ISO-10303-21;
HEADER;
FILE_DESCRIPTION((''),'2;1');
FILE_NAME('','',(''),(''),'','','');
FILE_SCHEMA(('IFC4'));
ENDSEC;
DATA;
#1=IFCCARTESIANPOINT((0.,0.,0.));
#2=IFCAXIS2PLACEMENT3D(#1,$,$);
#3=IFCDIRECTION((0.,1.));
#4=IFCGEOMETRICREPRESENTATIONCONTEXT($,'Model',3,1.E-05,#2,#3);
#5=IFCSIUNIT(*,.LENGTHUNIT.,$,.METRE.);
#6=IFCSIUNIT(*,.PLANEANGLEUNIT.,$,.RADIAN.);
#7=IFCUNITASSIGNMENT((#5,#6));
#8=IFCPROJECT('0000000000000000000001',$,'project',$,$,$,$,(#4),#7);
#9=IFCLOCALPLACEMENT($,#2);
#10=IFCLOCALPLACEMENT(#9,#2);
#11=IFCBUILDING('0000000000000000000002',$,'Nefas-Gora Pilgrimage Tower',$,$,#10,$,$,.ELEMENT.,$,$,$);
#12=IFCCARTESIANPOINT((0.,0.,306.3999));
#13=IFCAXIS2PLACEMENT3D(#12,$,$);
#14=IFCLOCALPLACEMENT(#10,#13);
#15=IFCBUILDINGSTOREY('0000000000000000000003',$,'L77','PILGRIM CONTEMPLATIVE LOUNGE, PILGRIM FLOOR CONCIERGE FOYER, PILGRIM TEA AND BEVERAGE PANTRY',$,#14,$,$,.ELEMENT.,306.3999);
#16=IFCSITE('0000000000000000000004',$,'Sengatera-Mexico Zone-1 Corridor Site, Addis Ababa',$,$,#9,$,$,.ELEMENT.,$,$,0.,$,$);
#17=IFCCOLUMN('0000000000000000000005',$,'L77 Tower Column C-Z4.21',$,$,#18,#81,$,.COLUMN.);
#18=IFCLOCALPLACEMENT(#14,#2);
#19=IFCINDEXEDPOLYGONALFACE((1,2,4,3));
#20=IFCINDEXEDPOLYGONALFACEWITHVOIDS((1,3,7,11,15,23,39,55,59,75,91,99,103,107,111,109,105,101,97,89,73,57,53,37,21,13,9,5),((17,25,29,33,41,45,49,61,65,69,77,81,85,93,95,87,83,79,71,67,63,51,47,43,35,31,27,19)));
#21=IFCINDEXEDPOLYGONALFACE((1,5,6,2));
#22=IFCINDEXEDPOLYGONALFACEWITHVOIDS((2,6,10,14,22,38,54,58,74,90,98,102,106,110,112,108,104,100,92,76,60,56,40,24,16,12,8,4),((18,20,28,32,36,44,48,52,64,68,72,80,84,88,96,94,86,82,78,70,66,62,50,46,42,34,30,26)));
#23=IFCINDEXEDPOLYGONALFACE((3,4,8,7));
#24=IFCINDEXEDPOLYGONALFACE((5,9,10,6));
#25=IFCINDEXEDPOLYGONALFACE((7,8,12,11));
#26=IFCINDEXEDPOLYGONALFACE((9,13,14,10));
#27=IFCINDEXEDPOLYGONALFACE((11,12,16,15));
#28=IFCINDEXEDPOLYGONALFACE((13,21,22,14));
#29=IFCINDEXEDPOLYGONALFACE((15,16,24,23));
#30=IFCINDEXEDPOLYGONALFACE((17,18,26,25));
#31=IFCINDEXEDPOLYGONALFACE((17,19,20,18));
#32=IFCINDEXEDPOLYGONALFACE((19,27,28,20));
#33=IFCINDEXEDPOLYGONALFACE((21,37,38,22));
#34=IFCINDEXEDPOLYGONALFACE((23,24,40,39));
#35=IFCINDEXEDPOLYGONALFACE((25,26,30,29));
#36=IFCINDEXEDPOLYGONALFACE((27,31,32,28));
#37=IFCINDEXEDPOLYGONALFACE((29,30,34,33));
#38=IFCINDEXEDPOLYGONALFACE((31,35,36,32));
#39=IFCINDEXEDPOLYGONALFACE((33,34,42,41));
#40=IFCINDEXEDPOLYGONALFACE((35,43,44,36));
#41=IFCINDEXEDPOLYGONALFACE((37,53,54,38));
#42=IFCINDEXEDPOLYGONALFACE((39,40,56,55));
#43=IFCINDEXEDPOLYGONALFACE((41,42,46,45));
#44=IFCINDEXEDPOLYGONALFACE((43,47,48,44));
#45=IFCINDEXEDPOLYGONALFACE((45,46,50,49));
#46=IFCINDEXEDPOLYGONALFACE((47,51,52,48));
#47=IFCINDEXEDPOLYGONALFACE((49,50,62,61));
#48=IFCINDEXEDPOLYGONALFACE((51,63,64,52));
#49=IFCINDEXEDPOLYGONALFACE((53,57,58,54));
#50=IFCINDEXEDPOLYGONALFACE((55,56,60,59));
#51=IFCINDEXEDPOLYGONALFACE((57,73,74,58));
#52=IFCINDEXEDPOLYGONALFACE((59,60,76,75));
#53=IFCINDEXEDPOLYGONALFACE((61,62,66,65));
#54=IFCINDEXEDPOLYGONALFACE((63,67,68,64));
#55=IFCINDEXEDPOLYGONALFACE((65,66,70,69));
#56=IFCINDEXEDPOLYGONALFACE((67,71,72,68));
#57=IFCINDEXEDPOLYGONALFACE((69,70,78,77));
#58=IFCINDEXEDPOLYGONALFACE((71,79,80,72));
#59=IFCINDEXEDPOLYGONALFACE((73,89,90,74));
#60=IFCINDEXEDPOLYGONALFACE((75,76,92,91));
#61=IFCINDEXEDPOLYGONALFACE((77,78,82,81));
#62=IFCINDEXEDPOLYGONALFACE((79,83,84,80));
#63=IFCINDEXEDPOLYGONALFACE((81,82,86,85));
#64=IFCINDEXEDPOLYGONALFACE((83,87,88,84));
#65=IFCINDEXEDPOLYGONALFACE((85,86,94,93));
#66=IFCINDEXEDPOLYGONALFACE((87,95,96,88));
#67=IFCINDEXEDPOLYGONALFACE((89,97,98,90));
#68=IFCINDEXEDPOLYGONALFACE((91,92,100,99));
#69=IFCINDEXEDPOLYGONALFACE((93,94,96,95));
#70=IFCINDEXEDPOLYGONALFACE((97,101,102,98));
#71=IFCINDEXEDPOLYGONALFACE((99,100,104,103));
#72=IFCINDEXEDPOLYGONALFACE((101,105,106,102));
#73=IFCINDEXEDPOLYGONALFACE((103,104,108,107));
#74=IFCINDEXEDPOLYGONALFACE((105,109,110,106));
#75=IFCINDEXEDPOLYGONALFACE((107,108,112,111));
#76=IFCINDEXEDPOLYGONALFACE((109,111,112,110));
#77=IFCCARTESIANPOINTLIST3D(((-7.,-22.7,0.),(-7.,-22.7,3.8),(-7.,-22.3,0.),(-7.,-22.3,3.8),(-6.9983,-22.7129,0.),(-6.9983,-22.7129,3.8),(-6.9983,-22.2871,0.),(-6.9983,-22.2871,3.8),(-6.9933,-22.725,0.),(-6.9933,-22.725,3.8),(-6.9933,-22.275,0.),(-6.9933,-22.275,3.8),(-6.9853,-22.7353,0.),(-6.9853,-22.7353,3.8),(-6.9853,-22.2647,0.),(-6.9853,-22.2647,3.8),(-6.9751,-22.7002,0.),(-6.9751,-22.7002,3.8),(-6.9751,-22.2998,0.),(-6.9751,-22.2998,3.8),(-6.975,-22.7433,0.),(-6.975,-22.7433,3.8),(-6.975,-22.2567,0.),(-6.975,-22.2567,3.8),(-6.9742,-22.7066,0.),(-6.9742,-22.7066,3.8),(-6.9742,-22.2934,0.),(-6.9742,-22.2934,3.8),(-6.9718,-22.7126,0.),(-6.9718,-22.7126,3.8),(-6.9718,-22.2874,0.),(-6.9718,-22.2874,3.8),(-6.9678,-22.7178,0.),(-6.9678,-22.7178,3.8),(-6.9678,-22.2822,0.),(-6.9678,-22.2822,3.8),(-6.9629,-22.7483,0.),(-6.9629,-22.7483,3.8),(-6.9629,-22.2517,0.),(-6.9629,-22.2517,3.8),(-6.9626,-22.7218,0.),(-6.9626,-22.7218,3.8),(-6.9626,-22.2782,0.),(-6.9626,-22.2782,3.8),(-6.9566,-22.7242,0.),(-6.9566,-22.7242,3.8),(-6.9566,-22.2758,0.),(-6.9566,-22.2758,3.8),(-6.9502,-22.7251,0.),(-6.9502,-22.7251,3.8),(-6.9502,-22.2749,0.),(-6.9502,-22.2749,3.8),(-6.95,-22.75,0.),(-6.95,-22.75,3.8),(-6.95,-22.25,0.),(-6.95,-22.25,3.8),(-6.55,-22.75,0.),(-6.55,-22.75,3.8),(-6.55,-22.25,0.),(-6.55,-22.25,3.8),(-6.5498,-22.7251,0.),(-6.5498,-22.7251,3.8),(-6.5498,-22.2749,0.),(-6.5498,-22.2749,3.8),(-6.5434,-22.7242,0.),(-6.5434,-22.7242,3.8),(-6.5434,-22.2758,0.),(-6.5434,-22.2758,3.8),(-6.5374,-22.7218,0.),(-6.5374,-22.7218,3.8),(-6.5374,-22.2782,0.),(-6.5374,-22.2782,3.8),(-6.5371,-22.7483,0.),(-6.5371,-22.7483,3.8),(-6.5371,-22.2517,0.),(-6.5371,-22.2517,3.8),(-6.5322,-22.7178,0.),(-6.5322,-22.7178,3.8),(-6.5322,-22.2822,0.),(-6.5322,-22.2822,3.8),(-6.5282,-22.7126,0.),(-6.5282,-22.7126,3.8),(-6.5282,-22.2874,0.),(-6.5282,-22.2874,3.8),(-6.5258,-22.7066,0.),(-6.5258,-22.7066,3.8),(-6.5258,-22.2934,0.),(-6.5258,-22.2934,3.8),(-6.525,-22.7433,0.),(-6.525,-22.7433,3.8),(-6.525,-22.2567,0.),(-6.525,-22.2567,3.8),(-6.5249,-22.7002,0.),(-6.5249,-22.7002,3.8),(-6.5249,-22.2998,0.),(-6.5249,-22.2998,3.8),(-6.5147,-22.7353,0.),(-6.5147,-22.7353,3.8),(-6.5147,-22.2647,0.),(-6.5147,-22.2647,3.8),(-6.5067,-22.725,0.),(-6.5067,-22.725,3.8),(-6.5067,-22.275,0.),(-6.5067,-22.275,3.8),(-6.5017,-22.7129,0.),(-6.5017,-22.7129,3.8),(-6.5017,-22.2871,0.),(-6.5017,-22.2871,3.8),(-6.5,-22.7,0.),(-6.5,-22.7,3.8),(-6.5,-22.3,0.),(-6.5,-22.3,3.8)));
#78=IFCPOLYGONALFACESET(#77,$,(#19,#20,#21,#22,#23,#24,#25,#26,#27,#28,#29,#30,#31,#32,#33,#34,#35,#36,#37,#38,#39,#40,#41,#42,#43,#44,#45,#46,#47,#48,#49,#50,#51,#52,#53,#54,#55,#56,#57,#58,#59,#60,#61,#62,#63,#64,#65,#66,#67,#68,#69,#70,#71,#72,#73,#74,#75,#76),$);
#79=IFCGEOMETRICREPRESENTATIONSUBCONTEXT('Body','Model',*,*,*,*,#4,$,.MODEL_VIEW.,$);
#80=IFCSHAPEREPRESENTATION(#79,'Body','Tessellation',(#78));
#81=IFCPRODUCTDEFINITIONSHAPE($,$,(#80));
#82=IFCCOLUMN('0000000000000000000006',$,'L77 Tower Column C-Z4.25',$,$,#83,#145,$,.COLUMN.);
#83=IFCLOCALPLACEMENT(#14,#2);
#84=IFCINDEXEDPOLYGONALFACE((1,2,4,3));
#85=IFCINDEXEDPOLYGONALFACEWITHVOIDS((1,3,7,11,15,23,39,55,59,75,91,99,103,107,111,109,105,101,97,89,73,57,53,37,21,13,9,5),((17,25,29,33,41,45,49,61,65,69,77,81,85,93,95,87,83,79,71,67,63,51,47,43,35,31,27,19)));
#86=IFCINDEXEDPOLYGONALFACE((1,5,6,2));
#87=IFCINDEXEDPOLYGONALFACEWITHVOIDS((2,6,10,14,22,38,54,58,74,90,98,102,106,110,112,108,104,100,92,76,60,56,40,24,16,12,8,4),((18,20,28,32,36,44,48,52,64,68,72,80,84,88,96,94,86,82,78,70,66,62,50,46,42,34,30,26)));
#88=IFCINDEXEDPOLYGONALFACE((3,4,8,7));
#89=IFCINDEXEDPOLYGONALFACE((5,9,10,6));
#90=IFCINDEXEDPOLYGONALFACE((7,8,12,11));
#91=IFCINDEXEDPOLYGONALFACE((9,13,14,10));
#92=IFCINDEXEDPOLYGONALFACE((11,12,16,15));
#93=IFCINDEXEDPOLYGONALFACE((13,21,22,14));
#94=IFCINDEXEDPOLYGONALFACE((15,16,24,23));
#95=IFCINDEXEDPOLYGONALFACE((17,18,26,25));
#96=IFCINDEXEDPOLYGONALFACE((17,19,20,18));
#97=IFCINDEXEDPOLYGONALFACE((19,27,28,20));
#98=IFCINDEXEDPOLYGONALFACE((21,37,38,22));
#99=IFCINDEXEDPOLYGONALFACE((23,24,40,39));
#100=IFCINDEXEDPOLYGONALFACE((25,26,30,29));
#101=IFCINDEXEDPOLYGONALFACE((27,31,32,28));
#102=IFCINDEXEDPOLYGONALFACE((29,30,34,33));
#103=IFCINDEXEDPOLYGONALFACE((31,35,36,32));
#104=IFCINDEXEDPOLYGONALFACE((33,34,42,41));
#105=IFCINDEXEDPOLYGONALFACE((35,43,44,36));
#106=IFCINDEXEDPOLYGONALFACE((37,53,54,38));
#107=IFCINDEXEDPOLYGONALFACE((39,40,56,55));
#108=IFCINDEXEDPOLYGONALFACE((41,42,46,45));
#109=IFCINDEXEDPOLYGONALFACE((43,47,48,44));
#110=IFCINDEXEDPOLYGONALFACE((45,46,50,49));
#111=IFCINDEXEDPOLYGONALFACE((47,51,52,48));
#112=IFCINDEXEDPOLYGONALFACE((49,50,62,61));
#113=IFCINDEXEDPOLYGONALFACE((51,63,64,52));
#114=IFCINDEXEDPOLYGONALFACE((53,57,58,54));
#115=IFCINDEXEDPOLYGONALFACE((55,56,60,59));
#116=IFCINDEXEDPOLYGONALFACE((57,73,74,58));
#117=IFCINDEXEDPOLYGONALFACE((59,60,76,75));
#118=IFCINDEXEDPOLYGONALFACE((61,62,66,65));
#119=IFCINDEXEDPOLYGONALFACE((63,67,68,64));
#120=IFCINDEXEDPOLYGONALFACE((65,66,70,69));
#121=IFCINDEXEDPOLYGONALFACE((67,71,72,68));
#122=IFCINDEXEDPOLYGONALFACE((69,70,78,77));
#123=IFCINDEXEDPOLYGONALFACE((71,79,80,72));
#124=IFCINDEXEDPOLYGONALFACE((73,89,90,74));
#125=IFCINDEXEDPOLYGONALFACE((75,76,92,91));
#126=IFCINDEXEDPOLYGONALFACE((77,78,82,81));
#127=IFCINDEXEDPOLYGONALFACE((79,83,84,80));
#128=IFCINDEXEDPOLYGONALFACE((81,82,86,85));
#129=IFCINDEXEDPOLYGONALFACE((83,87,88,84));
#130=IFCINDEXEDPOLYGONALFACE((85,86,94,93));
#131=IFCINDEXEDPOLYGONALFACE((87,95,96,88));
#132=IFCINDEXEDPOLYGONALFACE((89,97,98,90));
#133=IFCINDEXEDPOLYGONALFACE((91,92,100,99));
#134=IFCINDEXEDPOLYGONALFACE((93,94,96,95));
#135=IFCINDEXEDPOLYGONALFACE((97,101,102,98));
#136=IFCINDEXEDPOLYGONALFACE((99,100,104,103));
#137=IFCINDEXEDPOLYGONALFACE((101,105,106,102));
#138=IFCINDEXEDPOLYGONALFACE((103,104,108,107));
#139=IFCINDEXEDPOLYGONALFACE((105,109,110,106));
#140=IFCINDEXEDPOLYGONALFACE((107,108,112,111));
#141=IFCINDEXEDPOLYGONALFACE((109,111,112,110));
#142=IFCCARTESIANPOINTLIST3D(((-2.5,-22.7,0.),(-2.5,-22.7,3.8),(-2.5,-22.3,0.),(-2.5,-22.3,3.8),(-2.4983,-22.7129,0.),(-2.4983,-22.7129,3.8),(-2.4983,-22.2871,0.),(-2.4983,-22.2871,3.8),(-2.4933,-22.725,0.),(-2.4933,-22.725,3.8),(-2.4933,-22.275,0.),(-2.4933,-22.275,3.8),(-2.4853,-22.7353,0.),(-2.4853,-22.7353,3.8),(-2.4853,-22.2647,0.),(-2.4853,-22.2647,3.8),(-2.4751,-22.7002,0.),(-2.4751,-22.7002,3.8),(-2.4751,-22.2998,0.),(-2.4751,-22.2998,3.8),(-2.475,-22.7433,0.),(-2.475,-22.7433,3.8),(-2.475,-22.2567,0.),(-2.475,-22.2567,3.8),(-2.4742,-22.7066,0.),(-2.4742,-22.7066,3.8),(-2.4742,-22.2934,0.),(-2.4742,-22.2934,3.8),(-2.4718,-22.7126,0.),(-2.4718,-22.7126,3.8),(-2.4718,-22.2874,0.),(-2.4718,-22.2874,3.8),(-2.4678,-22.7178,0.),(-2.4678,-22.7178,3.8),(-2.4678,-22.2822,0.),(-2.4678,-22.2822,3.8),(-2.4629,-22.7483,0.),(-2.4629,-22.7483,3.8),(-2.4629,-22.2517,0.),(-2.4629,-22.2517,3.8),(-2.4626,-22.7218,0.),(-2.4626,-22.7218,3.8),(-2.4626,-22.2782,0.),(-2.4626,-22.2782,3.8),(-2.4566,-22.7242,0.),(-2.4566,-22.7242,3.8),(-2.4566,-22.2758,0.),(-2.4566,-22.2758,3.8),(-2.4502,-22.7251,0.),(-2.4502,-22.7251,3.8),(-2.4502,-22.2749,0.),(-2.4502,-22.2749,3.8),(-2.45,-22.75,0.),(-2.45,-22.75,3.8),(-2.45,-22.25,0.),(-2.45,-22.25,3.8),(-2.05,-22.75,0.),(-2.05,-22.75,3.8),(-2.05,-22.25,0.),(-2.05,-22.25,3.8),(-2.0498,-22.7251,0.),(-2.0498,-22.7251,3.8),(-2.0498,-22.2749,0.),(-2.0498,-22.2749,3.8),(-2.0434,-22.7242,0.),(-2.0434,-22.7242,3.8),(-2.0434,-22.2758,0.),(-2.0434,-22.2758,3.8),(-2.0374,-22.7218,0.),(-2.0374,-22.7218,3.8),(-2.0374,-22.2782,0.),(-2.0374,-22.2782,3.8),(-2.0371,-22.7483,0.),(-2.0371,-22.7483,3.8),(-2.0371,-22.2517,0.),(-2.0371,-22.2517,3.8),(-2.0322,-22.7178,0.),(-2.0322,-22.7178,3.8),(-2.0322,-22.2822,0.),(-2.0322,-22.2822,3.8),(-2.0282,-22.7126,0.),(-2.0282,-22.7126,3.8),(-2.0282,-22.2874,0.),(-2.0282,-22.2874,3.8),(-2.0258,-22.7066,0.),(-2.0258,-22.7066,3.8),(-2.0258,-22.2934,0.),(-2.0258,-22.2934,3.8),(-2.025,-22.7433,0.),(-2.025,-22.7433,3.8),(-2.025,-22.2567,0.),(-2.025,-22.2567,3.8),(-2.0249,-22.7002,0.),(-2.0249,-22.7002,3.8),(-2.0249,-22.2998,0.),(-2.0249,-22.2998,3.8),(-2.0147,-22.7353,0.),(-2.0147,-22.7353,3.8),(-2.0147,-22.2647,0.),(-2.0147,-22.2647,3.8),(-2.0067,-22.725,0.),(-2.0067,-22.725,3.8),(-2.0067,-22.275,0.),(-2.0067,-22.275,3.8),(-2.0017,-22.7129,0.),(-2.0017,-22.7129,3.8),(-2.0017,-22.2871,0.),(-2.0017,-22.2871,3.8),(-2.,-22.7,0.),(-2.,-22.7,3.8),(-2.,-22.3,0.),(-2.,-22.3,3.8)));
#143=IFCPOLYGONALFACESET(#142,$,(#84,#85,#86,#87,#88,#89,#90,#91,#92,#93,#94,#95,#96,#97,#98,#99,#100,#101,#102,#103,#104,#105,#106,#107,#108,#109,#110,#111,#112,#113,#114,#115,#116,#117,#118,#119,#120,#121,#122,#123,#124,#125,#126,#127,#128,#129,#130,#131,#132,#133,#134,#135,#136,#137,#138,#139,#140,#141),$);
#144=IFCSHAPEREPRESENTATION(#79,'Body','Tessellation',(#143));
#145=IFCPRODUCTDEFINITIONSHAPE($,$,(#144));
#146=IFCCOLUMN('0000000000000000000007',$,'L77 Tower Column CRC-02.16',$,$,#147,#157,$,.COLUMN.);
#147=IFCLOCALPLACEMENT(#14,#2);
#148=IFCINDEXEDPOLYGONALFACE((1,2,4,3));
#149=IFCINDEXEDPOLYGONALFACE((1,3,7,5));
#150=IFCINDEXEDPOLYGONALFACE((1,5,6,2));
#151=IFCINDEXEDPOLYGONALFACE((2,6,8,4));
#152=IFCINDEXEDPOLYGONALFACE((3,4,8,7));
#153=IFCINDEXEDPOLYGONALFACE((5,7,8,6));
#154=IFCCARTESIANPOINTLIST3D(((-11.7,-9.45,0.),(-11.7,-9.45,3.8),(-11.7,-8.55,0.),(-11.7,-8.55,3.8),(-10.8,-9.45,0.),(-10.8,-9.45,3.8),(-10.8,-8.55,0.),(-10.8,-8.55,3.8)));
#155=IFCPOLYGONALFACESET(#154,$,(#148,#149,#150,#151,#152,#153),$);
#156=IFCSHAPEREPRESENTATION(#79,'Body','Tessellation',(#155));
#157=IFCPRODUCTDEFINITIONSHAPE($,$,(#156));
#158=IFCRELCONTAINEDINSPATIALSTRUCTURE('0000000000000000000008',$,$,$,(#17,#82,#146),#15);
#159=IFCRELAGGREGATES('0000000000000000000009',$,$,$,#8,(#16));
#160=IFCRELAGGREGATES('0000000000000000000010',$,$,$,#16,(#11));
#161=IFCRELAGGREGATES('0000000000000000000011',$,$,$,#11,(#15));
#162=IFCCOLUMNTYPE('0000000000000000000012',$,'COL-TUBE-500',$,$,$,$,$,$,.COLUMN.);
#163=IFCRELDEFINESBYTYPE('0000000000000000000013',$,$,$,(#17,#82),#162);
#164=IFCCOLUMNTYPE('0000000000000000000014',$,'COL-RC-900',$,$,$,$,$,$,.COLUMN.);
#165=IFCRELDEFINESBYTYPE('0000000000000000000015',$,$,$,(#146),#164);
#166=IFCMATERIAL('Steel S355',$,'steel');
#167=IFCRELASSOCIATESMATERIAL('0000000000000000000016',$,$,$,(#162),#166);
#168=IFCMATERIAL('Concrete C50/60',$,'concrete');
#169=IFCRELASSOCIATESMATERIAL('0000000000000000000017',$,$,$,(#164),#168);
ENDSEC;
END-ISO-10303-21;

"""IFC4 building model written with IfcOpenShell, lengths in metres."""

from ifc_helpers import new_model, si_unit, direction, frame, origin, origin_2d, place, context, subcontext, project, spatial, rectangle, hollow_rectangle, extrude, source, transform, mapped, material, material_profile, profile_set, type_object, element, save


model = new_model("IFC4")

# Units and contexts
model_context = context("Model", 3, precision=1e-05, world=origin(), true_north=direction((0.0, 1.0)))
body_context = subcontext(model_context, "Body", "Model", "MODEL_VIEW")
ifc_project = project(units=[si_unit("LENGTHUNIT", "METRE"), si_unit("PLANEANGLEUNIT", "RADIAN")], contexts=[model_context])

# Site, building, storey
site_placement = place(None, origin())
site = spatial("IfcSite", under=ifc_project, at=site_placement, Name="Sengatera-Mexico Zone-1 Corridor Site, Addis Ababa", CompositionType="ELEMENT", RefElevation=0.0)
building_placement = place(site_placement, origin())
building = spatial("IfcBuilding", under=site, at=building_placement, Name="Nefas-Gora Pilgrimage Tower", CompositionType="ELEMENT")
storey_placement = place(building_placement, frame((0.0, 0.0, 306.3999)))
storey = spatial("IfcBuildingStorey", under=building, at=storey_placement, Name="L77", Description="PILGRIM CONTEMPLATIVE LOUNGE, PILGRIM FLOOR CONCIERGE FOYER, PILGRIM TEA AND BEVERAGE PANTRY", CompositionType="ELEMENT", Elevation=306.3999)

# Columns
ifc_material_1 = material(Name="Steel S355", Category="steel")
ifc_material_profile_1 = material_profile(ifc_material_1, hollow_rectangle(XDim=0.5, YDim=0.5, WallThickness=0.0249, InnerFilletRadius=0.0249, OuterFilletRadius=0.05, at=origin_2d()), Name="SHS 500x500x25")
ifc_profile_set_1 = profile_set([ifc_material_profile_1], Name="Steel S355")
column_type_1 = type_object("IfcColumnType", Name="COL-TUBE-500", PredefinedType="COLUMN", material=ifc_profile_set_1)
shared_shape_1 = source(origin(), body_context, "Body", "SweptSolid", [
    extrude(hollow_rectangle(XDim=0.5, YDim=0.5, WallThickness=0.0249, InnerFilletRadius=0.0249, OuterFilletRadius=0.05, at=origin_2d()), origin(), (0.0, 0.0, 1.0), 3.8),
])
for number, where, z_axis, x_axis, name in (
    (1, (-6.75, -22.5, 0.0), (0.0, 0.0, 1.0), (1.0, 0.0, 0.0), "L77 Tower Column C-Z4.21"),
    (2, (-2.25, -22.5, 0.0), (0.0, 0.0, 1.0), (1.0, 0.0, 0.0), "L77 Tower Column C-Z4.25"),
):
    element("IfcColumn", number, at=place(storey_placement, frame(where, z_axis=z_axis, x_axis=x_axis)), inside=storey, type_object=column_type_1, Name=name, PredefinedType="COLUMN", context=body_context, shape_type="MappedRepresentation", body=[
        mapped(shared_shape_1, transform((0.0, 0.0, 0.0), x_axis=(1.0, 0.0, 0.0), y_axis=(0.0, 1.0, 0.0), z_axis=(0.0, 0.0, 1.0), scale=1.0)),
    ])
ifc_material_2 = material(Name="Concrete C50/60", Category="concrete")
ifc_material_profile_2 = material_profile(ifc_material_2, rectangle(XDim=0.8999, YDim=0.8999, at=origin_2d()), Name="RC 900x900")
ifc_profile_set_2 = profile_set([ifc_material_profile_2], Name="Concrete C50/60")
column_type_2 = type_object("IfcColumnType", Name="COL-RC-900", PredefinedType="COLUMN", material=ifc_profile_set_2)
shared_shape_2 = source(origin(), body_context, "Body", "SweptSolid", [
    extrude(rectangle(XDim=0.8999, YDim=0.8999, at=origin_2d()), origin(), (0.0, 0.0, 1.0), 3.8),
])
column_placement = place(storey_placement, frame((-11.25, -9.0, 0.0), z_axis=(0.0, 0.0, 1.0), x_axis=(1.0, 0.0, 0.0)))
element("IfcColumn", 3, at=column_placement, inside=storey, type_object=column_type_2, Name="L77 Tower Column CRC-02.16", PredefinedType="COLUMN", context=body_context, shape_type="MappedRepresentation", body=[
    mapped(shared_shape_2, transform((0.0, 0.0, 0.0), x_axis=(1.0, 0.0, 0.0), y_axis=(0.0, 1.0, 0.0), z_axis=(0.0, 0.0, 1.0), scale=1.0)),
])

save(model, "model.ifc")
